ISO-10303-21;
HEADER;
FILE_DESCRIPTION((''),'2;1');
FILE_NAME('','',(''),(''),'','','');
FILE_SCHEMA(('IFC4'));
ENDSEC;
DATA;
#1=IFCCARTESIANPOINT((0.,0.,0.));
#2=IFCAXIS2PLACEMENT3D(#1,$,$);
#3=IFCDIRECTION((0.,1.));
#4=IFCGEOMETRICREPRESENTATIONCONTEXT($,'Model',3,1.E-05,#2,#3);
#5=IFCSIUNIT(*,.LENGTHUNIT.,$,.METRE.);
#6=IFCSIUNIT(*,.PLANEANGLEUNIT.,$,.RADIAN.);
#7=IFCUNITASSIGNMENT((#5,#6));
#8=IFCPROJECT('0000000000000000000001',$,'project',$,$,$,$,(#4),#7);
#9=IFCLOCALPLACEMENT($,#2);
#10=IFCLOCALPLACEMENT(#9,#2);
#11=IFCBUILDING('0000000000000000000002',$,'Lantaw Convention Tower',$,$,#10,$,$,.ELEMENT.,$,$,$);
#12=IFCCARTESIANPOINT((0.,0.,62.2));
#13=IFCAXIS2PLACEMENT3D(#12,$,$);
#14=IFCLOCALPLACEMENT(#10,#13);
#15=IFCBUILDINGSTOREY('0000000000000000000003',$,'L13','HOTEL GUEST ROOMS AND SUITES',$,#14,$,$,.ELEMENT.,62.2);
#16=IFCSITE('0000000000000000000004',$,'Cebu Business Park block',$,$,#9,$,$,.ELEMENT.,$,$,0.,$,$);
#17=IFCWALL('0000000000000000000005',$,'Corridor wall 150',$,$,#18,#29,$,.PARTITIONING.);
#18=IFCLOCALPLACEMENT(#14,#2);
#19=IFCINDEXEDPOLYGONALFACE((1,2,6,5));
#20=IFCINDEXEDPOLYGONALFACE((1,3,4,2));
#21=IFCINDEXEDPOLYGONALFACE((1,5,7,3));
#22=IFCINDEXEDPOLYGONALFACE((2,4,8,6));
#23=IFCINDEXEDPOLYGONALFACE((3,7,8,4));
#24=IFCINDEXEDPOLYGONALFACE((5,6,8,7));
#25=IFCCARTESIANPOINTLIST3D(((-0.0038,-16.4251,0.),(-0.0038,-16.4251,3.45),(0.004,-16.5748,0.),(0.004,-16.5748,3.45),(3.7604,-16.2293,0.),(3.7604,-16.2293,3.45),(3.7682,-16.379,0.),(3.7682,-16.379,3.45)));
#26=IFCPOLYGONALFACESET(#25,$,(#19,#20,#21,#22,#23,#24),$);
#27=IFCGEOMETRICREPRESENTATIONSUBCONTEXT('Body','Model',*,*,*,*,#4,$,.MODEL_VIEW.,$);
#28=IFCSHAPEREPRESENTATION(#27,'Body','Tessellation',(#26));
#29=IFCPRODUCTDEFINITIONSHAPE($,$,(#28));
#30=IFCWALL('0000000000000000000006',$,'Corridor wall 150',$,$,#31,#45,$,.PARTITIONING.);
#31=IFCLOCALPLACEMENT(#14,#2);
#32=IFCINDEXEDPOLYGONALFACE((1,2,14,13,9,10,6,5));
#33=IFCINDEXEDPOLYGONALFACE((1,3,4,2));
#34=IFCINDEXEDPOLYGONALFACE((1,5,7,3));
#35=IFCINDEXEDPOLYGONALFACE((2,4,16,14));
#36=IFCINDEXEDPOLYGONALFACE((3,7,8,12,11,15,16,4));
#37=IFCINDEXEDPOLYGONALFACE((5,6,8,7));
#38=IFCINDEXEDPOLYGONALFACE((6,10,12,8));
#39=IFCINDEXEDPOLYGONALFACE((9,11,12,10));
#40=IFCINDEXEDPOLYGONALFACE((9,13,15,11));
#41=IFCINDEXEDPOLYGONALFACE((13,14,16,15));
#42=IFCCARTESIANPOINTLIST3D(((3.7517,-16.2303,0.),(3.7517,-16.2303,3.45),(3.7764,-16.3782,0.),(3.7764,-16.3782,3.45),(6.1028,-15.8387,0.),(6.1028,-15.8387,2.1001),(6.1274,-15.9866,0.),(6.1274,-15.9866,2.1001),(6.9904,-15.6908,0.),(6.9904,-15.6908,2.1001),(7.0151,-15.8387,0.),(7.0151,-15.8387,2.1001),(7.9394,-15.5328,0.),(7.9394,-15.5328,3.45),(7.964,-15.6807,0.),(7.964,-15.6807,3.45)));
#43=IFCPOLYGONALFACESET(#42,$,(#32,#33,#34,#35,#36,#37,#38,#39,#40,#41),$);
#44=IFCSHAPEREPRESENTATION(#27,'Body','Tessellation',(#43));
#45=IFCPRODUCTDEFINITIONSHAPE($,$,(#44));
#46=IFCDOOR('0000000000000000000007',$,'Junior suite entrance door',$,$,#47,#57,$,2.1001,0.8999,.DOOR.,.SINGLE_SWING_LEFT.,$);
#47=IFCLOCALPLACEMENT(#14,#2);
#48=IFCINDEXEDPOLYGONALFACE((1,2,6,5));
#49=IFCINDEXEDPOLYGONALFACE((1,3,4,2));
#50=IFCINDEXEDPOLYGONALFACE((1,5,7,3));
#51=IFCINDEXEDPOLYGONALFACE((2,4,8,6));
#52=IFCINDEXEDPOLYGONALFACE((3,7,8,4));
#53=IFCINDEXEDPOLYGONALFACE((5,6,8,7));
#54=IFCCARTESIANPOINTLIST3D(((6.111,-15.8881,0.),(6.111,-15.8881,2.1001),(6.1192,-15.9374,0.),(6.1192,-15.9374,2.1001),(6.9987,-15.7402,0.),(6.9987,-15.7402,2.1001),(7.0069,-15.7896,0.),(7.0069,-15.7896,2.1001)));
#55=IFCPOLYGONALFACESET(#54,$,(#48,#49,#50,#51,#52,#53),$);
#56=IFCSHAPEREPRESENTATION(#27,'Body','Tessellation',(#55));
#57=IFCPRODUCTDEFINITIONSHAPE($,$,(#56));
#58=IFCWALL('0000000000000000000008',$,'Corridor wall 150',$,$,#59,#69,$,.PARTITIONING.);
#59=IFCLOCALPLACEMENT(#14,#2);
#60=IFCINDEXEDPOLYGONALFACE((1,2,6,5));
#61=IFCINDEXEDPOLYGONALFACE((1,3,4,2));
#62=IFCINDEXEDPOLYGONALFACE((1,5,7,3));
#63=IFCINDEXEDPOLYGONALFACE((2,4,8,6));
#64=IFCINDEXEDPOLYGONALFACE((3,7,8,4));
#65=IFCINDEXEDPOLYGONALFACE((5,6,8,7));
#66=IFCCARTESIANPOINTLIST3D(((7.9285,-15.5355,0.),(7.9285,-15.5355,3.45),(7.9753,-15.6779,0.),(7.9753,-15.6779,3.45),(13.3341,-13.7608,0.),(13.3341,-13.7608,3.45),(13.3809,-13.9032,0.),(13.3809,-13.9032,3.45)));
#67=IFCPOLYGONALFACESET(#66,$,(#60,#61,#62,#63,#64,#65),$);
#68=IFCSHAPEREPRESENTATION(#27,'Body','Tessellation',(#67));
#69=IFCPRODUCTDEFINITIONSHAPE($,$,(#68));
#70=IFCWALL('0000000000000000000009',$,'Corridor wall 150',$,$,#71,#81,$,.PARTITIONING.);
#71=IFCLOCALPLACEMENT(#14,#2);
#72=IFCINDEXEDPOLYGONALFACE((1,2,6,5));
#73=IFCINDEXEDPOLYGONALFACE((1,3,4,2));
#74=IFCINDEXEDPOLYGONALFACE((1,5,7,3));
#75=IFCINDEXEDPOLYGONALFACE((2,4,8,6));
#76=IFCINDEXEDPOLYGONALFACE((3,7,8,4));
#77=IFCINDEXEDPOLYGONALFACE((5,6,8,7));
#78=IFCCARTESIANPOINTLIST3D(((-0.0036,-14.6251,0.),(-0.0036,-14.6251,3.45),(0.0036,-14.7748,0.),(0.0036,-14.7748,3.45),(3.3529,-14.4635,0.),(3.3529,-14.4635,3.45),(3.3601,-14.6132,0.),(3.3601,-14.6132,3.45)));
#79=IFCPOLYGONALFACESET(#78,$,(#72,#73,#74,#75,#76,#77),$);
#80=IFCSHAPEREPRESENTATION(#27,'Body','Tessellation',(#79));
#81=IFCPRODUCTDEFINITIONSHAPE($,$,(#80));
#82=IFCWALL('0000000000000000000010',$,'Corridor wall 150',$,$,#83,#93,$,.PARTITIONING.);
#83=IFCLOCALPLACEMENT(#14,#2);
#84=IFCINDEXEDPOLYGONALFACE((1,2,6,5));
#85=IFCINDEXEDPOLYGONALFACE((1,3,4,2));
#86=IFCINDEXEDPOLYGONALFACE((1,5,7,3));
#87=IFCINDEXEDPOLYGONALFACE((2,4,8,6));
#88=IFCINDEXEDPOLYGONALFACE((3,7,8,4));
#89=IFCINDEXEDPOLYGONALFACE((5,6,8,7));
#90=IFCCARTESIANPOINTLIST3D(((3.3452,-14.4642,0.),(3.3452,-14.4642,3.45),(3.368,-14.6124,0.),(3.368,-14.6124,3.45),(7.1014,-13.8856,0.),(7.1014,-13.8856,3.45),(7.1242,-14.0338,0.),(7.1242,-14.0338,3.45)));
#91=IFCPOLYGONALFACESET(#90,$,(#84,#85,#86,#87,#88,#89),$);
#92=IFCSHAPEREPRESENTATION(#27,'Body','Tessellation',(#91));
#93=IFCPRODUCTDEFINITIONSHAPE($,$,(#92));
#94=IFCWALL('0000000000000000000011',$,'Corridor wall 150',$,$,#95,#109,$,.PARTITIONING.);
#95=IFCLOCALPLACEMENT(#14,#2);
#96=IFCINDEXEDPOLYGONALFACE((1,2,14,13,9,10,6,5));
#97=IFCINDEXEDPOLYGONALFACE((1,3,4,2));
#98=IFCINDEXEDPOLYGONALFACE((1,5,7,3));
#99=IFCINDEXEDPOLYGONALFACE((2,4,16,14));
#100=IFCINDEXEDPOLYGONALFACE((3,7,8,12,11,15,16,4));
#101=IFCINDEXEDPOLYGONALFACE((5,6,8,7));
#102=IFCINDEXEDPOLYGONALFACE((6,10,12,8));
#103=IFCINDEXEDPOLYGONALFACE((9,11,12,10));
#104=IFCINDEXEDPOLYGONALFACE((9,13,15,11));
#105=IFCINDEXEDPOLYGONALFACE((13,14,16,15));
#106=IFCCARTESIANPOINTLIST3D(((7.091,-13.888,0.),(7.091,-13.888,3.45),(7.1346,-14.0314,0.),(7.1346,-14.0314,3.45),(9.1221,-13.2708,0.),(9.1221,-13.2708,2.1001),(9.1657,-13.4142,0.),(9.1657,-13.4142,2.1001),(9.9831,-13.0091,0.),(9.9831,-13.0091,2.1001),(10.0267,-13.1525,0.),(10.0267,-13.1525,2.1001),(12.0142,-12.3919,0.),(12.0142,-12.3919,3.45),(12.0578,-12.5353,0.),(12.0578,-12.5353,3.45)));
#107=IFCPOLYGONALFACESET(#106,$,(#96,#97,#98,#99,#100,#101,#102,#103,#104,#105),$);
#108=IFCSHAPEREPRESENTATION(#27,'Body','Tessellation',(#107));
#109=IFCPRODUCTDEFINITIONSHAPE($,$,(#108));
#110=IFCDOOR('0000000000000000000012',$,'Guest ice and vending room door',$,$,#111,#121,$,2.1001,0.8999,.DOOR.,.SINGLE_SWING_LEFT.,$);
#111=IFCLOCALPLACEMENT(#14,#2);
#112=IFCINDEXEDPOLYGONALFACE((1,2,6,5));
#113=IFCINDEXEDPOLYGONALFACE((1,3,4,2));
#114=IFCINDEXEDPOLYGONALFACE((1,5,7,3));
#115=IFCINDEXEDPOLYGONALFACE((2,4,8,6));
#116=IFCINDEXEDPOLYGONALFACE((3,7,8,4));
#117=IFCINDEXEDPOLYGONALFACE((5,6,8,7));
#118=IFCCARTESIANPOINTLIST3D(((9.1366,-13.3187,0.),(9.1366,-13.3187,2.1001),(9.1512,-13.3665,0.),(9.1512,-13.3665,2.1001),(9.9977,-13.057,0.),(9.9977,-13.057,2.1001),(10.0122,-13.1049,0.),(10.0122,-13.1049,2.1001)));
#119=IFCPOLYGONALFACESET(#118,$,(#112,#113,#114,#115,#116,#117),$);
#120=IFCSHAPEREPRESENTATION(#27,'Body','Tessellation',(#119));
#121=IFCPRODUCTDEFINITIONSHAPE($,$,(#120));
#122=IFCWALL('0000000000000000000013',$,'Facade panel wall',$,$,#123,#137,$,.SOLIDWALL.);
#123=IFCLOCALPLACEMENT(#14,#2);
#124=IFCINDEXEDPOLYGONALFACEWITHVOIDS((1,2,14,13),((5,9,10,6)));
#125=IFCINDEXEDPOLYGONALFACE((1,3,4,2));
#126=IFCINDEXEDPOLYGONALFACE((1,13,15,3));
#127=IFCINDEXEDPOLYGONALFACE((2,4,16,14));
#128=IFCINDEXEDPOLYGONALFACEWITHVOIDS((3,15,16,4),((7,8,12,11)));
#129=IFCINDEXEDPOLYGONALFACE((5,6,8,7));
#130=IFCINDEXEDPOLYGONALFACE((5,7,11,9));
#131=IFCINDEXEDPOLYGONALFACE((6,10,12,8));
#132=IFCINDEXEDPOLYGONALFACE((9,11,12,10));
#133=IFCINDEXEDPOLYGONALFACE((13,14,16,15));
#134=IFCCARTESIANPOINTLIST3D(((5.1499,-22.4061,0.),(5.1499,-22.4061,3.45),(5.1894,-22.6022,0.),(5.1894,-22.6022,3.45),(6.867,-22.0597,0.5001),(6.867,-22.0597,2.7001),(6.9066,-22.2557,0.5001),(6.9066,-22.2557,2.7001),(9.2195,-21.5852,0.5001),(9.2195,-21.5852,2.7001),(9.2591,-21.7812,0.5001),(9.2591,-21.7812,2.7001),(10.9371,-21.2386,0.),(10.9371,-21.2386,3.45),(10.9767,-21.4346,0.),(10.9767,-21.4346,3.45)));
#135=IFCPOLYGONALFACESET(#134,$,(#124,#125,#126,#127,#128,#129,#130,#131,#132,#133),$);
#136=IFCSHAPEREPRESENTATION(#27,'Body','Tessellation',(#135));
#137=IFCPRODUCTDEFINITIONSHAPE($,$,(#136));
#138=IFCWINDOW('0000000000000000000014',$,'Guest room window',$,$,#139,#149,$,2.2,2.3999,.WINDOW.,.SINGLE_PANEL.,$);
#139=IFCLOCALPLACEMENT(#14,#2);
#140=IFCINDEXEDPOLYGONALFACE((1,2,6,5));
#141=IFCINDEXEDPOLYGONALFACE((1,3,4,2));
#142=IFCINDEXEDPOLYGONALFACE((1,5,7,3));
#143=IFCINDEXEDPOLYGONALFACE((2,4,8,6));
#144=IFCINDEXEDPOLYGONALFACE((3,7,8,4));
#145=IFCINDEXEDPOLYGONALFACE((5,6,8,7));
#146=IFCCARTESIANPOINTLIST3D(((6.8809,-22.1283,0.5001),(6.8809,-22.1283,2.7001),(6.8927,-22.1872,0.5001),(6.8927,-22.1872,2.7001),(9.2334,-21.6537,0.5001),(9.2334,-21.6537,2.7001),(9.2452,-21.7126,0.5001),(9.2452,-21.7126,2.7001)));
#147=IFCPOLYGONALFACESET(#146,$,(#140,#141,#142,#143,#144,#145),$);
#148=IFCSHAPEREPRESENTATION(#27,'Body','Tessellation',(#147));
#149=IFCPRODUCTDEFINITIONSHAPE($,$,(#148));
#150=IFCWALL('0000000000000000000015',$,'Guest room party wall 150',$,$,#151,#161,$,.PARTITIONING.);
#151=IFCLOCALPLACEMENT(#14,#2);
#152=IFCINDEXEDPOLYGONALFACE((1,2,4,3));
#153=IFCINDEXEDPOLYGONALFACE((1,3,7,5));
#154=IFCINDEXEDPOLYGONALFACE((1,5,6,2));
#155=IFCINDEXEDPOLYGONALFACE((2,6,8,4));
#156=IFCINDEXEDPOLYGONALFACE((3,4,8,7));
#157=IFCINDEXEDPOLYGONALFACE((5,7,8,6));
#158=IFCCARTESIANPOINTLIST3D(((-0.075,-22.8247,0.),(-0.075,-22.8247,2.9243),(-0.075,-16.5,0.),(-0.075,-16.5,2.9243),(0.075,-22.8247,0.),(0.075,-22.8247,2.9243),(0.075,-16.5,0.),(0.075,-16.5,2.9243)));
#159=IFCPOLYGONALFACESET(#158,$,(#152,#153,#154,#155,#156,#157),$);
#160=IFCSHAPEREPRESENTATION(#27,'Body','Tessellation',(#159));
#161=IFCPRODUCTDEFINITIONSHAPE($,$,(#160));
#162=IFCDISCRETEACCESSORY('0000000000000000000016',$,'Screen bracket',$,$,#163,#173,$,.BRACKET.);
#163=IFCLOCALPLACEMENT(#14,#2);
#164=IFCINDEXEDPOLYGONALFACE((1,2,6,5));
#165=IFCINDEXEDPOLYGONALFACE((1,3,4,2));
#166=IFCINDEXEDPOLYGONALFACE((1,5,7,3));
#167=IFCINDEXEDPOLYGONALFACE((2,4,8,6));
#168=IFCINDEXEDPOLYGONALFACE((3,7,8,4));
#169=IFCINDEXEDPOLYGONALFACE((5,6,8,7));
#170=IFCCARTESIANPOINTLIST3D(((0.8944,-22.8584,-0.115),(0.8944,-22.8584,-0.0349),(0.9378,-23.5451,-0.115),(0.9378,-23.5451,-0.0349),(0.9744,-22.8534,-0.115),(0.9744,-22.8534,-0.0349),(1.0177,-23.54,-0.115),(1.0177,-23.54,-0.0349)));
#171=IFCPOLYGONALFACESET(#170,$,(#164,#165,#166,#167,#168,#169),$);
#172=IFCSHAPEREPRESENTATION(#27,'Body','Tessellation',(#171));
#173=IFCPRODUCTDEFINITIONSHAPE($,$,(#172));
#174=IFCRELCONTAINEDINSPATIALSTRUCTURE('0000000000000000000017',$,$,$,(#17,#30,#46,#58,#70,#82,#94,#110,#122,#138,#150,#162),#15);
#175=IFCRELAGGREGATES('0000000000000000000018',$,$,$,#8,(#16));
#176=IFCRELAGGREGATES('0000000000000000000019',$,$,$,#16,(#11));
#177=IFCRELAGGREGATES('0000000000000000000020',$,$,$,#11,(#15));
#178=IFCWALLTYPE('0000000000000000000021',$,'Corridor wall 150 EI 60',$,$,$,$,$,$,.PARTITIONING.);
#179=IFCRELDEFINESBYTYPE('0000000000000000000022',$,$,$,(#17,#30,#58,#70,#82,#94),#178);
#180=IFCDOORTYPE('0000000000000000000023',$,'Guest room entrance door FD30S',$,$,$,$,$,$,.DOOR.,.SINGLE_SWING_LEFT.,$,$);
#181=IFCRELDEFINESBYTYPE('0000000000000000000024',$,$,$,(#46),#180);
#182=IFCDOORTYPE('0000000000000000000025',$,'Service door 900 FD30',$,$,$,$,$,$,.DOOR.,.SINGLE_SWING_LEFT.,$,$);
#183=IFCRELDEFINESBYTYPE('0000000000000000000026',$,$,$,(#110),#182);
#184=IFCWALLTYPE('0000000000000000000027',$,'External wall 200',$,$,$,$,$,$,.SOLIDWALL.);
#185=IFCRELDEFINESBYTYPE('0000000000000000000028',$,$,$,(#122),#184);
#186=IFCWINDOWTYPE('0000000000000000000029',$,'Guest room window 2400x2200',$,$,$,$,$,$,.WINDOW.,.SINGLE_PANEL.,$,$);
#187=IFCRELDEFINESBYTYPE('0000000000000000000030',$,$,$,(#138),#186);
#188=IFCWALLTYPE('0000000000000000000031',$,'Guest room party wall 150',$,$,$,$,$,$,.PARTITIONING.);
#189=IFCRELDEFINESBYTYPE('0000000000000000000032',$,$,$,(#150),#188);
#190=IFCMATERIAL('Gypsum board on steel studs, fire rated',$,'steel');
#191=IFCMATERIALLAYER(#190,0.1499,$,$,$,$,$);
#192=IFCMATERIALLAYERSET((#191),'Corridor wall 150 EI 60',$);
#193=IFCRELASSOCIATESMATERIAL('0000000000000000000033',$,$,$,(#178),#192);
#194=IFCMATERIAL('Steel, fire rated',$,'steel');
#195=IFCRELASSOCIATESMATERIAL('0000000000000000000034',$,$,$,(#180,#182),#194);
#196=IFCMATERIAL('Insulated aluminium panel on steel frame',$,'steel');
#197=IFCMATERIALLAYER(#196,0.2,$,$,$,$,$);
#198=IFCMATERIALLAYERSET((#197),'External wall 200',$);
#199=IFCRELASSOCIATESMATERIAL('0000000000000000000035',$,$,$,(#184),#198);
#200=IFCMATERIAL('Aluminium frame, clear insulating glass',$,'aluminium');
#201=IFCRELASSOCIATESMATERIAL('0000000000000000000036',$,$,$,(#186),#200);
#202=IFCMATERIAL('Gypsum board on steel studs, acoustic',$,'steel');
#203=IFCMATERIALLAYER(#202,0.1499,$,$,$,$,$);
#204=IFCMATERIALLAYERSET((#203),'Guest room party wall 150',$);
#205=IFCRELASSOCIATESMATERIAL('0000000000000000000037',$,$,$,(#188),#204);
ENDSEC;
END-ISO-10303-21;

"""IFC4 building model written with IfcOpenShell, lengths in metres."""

from ifc_helpers import new_model, si_unit, direction, frame, frame_2d, origin, origin_2d, place, context, subcontext, project, spatial, rectangle, extrude, material, layer, layer_set, type_object, element, fill, save


model = new_model("IFC4")

# Units and contexts
model_context = context("Model", 3, precision=1e-05, world=origin(), true_north=direction((0.0, 1.0)))
body_context = subcontext(model_context, "Body", "Model", "MODEL_VIEW")
ifc_project = project(units=[si_unit("LENGTHUNIT", "METRE"), si_unit("PLANEANGLEUNIT", "RADIAN")], contexts=[model_context])

# Site, building, storey
site_placement = place(None, origin())
site = spatial("IfcSite", under=ifc_project, at=site_placement, Name="Cebu Business Park block", CompositionType="ELEMENT", RefElevation=0.0)
building_placement = place(site_placement, origin())
building = spatial("IfcBuilding", under=site, at=building_placement, Name="Lantaw Convention Tower", CompositionType="ELEMENT")
storey_placement = place(building_placement, frame((0.0, 0.0, 62.2)))
storey = spatial("IfcBuildingStorey", under=building, at=storey_placement, Name="L13", Description="HOTEL GUEST ROOMS AND SUITES", CompositionType="ELEMENT", Elevation=62.2)

# Wall
ifc_material_1 = material(Name="Gypsum board on steel studs, fire rated", Category="steel")
ifc_layer_1 = layer(ifc_material_1, 0.1499)
ifc_layer_set_1 = layer_set([ifc_layer_1], Name="Corridor wall 150 EI 60")
wall_type_1 = type_object("IfcWallType", Name="Corridor wall 150 EI 60", PredefinedType="PARTITIONING", material=ifc_layer_set_1)
wall_1_placement = place(storey_placement, frame((0.0, -16.5, 0.0), z_axis=(0.0, 0.0, 1.0), x_axis=(0.99865, 0.051947, 0.0)))
element("IfcWall", 1, at=wall_1_placement, inside=storey, type_object=wall_type_1, Name="Corridor wall 150", PredefinedType="PARTITIONING", context=body_context, shape_type="SweptSolid", body=[
    extrude(rectangle(XDim=3.7693, YDim=0.1499, at=frame_2d((1.8848, 0.0))), origin(), (0.0, 0.0, 1.0), 3.45),
])

# Wall, opening, door
wall_2_placement = place(storey_placement, frame((3.7642, -16.3042, 0.0), z_axis=(0.0, 0.0, 1.0), x_axis=(0.986411, 0.164296, 0.0)))
wall_2 = element("IfcWall", 2, at=wall_2_placement, inside=storey, type_object=wall_type_1, Name="Corridor wall 150", PredefinedType="PARTITIONING", context=body_context, shape_type="SweptSolid", body=[
    extrude(rectangle(XDim=4.2454, YDim=0.1499, at=frame_2d((2.1226, 0.0))), origin(), (0.0, 0.0, 1.0), 3.45),
])
opening_1_placement = place(wall_2_placement, frame((2.3833, 0.0, 0.0)))
opening_1 = element("IfcOpeningElement", 3, at=opening_1_placement, cuts=wall_2, PredefinedType="OPENING", context=body_context, shape_type="SweptSolid", body=[
    extrude(rectangle(XDim=0.8999, YDim=2.1001, at=frame_2d((0.45, 1.05))), frame((0.0, 0.085, 0.0), z_axis=(0.0, -1.0, 0.0), x_axis=(1.0, 0.0, 0.0)), (0.0, 0.0, 1.0), 0.1699),
])
ifc_material_2 = material(Name="Steel, fire rated", Category="steel")
door_type_1 = type_object("IfcDoorType", Name="Guest room entrance door FD30S", OperationType="SINGLE_SWING_LEFT", PredefinedType="DOOR", material=ifc_material_2)
door_1_placement = place(opening_1_placement, origin())
door_1 = element("IfcDoor", 4, at=door_1_placement, inside=storey, type_object=door_type_1, Name="Junior suite entrance door", OperationType="SINGLE_SWING_LEFT", OverallHeight=2.1001, OverallWidth=0.8999, PredefinedType="DOOR", context=body_context, shape_type="SweptSolid", body=[
    extrude(rectangle(XDim=0.8999, YDim=2.1001, at=frame_2d((0.45, 1.05))), frame((0.0, 0.0249, 0.0), z_axis=(0.0, -1.0, 0.0), x_axis=(1.0, 0.0, 0.0)), (0.0, 0.0, 1.0), 0.05),
])
fill(opening_1, door_1)

# Walls
wall_3_placement = place(storey_placement, frame((7.9519, -15.6067, 0.0), z_axis=(0.0, 0.0, 1.0), x_axis=(0.950107, 0.311925, 0.0)))
element("IfcWall", 5, at=wall_3_placement, inside=storey, type_object=wall_type_1, Name="Corridor wall 150", PredefinedType="PARTITIONING", context=body_context, shape_type="SweptSolid", body=[
    extrude(rectangle(XDim=5.6895, YDim=0.1499, at=frame_2d((2.8447, 0.0))), origin(), (0.0, 0.0, 1.0), 3.45),
])
wall_4_placement = place(storey_placement, frame((0.0, -14.7, 0.0), z_axis=(0.0, 0.0, 1.0), x_axis=(0.998843, 0.048097, 0.0)))
element("IfcWall", 6, at=wall_4_placement, inside=storey, type_object=wall_type_1, Name="Corridor wall 150", PredefinedType="PARTITIONING", context=body_context, shape_type="SweptSolid", body=[
    extrude(rectangle(XDim=3.3604, YDim=0.1499, at=frame_2d((1.6802, 0.0))), origin(), (0.0, 0.0, 1.0), 3.45),
])
wall_5_placement = place(storey_placement, frame((3.3564, -14.5383, 0.0), z_axis=(0.0, 0.0, 1.0), x_axis=(0.988343, 0.152241, 0.0)))
element("IfcWall", 7, at=wall_5_placement, inside=storey, type_object=wall_type_1, Name="Corridor wall 150", PredefinedType="PARTITIONING", context=body_context, shape_type="SweptSolid", body=[
    extrude(rectangle(XDim=3.8005, YDim=0.1499, at=frame_2d((1.9004, 0.0))), origin(), (0.0, 0.0, 1.0), 3.45),
])

# Wall, opening, door
wall_6_placement = place(storey_placement, frame((7.1128, -13.9597, 0.0), z_axis=(0.0, 0.0, 1.0), x_axis=(0.956795, 0.290763, 0.0)))
wall_6 = element("IfcWall", 8, at=wall_6_placement, inside=storey, type_object=wall_type_1, Name="Corridor wall 150", PredefinedType="PARTITIONING", context=body_context, shape_type="SweptSolid", body=[
    extrude(rectangle(XDim=5.1455, YDim=0.1499, at=frame_2d((2.5728, 0.0))), origin(), (0.0, 0.0, 1.0), 3.45),
])
opening_2_placement = place(wall_6_placement, frame((2.1228, 0.0, 0.0)))
opening_2 = element("IfcOpeningElement", 9, at=opening_2_placement, cuts=wall_6, PredefinedType="OPENING", context=body_context, shape_type="SweptSolid", body=[
    extrude(rectangle(XDim=0.8999, YDim=2.1001, at=frame_2d((0.45, 1.05))), frame((0.0, 0.085, 0.0), z_axis=(0.0, -1.0, 0.0), x_axis=(1.0, 0.0, 0.0)), (0.0, 0.0, 1.0), 0.1699),
])
door_type_2 = type_object("IfcDoorType", Name="Service door 900 FD30", OperationType="SINGLE_SWING_LEFT", PredefinedType="DOOR", material=ifc_material_2)
door_2_placement = place(opening_2_placement, origin())
door_2 = element("IfcDoor", 10, at=door_2_placement, inside=storey, type_object=door_type_2, Name="Guest ice and vending room door", OperationType="SINGLE_SWING_LEFT", OverallHeight=2.1001, OverallWidth=0.8999, PredefinedType="DOOR", context=body_context, shape_type="SweptSolid", body=[
    extrude(rectangle(XDim=0.8999, YDim=2.1001, at=frame_2d((0.45, 1.05))), frame((0.0, 0.0249, 0.0), z_axis=(0.0, -1.0, 0.0), x_axis=(1.0, 0.0, 0.0)), (0.0, 0.0, 1.0), 0.05),
])
fill(opening_2, door_2)

# Wall, opening, window
ifc_material_3 = material(Name="Insulated aluminium panel on steel frame", Category="steel")
ifc_layer_2 = layer(ifc_material_3, 0.2)
ifc_layer_set_2 = layer_set([ifc_layer_2], Name="External wall 200")
wall_type_2 = type_object("IfcWallType", Name="External wall 200", PredefinedType="SOLIDWALL", material=ifc_layer_set_2)
wall_7_placement = place(storey_placement, frame((5.1697, -22.5042, 0.0), z_axis=(0.0, 0.0, 1.0), x_axis=(0.980252, 0.197754, 0.0)))
wall_7 = element("IfcWall", 11, at=wall_7_placement, inside=storey, type_object=wall_type_2, Name="Facade panel wall", PredefinedType="SOLIDWALL", context=body_context, shape_type="SweptSolid", body=[
    extrude(rectangle(XDim=5.9038, YDim=0.2, at=frame_2d((2.9519, 0.0))), origin(), (0.0, 0.0, 1.0), 3.45),
])
opening_3_placement = place(wall_7_placement, frame((1.7517, 0.0, 0.5)))
opening_3 = element("IfcOpeningElement", 12, at=opening_3_placement, cuts=wall_7, PredefinedType="OPENING", context=body_context, shape_type="SweptSolid", body=[
    extrude(rectangle(XDim=2.3999, YDim=2.2, at=frame_2d((1.2, 1.1001))), frame((0.0, 0.1099, 0.0), z_axis=(0.0, -1.0, 0.0), x_axis=(1.0, 0.0, 0.0)), (0.0, 0.0, 1.0), 0.22),
])
ifc_material_4 = material(Name="Aluminium frame, clear insulating glass", Category="aluminium")
window_type = type_object("IfcWindowType", Name="Guest room window 2400x2200", PartitioningType="SINGLE_PANEL", PredefinedType="WINDOW", material=ifc_material_4)
window_placement = place(opening_3_placement, origin())
window = element("IfcWindow", 13, at=window_placement, inside=storey, type_object=window_type, Name="Guest room window", OverallHeight=2.2, OverallWidth=2.3999, PartitioningType="SINGLE_PANEL", PredefinedType="WINDOW", context=body_context, shape_type="SweptSolid", body=[
    extrude(rectangle(XDim=2.3999, YDim=2.2, at=frame_2d((1.2, 1.1001))), frame((0.0, 0.03, 0.0), z_axis=(0.0, -1.0, 0.0), x_axis=(1.0, 0.0, 0.0)), (0.0, 0.0, 1.0), 0.0601),
])
fill(opening_3, window)

# Wall
ifc_material_5 = material(Name="Gypsum board on steel studs, acoustic", Category="steel")
ifc_layer_3 = layer(ifc_material_5, 0.1499)
ifc_layer_set_3 = layer_set([ifc_layer_3], Name="Guest room party wall 150")
wall_type_3 = type_object("IfcWallType", Name="Guest room party wall 150", PredefinedType="PARTITIONING", material=ifc_layer_set_3)
wall_8_placement = place(storey_placement, frame((0.0, -22.8247, 0.0), z_axis=(0.0, 0.0, 1.0), x_axis=(0.0, 1.0, 0.0)))
element("IfcWall", 14, at=wall_8_placement, inside=storey, type_object=wall_type_3, Name="Guest room party wall 150", PredefinedType="PARTITIONING", context=body_context, shape_type="SweptSolid", body=[
    extrude(rectangle(XDim=6.3247, YDim=0.1499, at=frame_2d((3.1624, 0.0))), origin(), (0.0, 0.0, 1.0), 2.9243),
])

# Discrete accessory
for number, where, z_axis, x_axis, name in (
    (15, (0.9561, -23.1992, -0.115), (0.0, 0.0, 1.0), (0.998016, 0.062958, 0.0), "Screen bracket"),
):
    element("IfcDiscreteAccessory", number, at=place(storey_placement, frame(where, z_axis=z_axis, x_axis=x_axis)), inside=storey, Name=name, PredefinedType="BRACKET", context=body_context, shape_type="SweptSolid", body=[
        extrude(rectangle(XDim=0.0801, YDim=0.688, at=origin_2d()), origin(), (0.0, 0.0, 1.0), 0.0801),
    ])

save(model, "model.ifc")
